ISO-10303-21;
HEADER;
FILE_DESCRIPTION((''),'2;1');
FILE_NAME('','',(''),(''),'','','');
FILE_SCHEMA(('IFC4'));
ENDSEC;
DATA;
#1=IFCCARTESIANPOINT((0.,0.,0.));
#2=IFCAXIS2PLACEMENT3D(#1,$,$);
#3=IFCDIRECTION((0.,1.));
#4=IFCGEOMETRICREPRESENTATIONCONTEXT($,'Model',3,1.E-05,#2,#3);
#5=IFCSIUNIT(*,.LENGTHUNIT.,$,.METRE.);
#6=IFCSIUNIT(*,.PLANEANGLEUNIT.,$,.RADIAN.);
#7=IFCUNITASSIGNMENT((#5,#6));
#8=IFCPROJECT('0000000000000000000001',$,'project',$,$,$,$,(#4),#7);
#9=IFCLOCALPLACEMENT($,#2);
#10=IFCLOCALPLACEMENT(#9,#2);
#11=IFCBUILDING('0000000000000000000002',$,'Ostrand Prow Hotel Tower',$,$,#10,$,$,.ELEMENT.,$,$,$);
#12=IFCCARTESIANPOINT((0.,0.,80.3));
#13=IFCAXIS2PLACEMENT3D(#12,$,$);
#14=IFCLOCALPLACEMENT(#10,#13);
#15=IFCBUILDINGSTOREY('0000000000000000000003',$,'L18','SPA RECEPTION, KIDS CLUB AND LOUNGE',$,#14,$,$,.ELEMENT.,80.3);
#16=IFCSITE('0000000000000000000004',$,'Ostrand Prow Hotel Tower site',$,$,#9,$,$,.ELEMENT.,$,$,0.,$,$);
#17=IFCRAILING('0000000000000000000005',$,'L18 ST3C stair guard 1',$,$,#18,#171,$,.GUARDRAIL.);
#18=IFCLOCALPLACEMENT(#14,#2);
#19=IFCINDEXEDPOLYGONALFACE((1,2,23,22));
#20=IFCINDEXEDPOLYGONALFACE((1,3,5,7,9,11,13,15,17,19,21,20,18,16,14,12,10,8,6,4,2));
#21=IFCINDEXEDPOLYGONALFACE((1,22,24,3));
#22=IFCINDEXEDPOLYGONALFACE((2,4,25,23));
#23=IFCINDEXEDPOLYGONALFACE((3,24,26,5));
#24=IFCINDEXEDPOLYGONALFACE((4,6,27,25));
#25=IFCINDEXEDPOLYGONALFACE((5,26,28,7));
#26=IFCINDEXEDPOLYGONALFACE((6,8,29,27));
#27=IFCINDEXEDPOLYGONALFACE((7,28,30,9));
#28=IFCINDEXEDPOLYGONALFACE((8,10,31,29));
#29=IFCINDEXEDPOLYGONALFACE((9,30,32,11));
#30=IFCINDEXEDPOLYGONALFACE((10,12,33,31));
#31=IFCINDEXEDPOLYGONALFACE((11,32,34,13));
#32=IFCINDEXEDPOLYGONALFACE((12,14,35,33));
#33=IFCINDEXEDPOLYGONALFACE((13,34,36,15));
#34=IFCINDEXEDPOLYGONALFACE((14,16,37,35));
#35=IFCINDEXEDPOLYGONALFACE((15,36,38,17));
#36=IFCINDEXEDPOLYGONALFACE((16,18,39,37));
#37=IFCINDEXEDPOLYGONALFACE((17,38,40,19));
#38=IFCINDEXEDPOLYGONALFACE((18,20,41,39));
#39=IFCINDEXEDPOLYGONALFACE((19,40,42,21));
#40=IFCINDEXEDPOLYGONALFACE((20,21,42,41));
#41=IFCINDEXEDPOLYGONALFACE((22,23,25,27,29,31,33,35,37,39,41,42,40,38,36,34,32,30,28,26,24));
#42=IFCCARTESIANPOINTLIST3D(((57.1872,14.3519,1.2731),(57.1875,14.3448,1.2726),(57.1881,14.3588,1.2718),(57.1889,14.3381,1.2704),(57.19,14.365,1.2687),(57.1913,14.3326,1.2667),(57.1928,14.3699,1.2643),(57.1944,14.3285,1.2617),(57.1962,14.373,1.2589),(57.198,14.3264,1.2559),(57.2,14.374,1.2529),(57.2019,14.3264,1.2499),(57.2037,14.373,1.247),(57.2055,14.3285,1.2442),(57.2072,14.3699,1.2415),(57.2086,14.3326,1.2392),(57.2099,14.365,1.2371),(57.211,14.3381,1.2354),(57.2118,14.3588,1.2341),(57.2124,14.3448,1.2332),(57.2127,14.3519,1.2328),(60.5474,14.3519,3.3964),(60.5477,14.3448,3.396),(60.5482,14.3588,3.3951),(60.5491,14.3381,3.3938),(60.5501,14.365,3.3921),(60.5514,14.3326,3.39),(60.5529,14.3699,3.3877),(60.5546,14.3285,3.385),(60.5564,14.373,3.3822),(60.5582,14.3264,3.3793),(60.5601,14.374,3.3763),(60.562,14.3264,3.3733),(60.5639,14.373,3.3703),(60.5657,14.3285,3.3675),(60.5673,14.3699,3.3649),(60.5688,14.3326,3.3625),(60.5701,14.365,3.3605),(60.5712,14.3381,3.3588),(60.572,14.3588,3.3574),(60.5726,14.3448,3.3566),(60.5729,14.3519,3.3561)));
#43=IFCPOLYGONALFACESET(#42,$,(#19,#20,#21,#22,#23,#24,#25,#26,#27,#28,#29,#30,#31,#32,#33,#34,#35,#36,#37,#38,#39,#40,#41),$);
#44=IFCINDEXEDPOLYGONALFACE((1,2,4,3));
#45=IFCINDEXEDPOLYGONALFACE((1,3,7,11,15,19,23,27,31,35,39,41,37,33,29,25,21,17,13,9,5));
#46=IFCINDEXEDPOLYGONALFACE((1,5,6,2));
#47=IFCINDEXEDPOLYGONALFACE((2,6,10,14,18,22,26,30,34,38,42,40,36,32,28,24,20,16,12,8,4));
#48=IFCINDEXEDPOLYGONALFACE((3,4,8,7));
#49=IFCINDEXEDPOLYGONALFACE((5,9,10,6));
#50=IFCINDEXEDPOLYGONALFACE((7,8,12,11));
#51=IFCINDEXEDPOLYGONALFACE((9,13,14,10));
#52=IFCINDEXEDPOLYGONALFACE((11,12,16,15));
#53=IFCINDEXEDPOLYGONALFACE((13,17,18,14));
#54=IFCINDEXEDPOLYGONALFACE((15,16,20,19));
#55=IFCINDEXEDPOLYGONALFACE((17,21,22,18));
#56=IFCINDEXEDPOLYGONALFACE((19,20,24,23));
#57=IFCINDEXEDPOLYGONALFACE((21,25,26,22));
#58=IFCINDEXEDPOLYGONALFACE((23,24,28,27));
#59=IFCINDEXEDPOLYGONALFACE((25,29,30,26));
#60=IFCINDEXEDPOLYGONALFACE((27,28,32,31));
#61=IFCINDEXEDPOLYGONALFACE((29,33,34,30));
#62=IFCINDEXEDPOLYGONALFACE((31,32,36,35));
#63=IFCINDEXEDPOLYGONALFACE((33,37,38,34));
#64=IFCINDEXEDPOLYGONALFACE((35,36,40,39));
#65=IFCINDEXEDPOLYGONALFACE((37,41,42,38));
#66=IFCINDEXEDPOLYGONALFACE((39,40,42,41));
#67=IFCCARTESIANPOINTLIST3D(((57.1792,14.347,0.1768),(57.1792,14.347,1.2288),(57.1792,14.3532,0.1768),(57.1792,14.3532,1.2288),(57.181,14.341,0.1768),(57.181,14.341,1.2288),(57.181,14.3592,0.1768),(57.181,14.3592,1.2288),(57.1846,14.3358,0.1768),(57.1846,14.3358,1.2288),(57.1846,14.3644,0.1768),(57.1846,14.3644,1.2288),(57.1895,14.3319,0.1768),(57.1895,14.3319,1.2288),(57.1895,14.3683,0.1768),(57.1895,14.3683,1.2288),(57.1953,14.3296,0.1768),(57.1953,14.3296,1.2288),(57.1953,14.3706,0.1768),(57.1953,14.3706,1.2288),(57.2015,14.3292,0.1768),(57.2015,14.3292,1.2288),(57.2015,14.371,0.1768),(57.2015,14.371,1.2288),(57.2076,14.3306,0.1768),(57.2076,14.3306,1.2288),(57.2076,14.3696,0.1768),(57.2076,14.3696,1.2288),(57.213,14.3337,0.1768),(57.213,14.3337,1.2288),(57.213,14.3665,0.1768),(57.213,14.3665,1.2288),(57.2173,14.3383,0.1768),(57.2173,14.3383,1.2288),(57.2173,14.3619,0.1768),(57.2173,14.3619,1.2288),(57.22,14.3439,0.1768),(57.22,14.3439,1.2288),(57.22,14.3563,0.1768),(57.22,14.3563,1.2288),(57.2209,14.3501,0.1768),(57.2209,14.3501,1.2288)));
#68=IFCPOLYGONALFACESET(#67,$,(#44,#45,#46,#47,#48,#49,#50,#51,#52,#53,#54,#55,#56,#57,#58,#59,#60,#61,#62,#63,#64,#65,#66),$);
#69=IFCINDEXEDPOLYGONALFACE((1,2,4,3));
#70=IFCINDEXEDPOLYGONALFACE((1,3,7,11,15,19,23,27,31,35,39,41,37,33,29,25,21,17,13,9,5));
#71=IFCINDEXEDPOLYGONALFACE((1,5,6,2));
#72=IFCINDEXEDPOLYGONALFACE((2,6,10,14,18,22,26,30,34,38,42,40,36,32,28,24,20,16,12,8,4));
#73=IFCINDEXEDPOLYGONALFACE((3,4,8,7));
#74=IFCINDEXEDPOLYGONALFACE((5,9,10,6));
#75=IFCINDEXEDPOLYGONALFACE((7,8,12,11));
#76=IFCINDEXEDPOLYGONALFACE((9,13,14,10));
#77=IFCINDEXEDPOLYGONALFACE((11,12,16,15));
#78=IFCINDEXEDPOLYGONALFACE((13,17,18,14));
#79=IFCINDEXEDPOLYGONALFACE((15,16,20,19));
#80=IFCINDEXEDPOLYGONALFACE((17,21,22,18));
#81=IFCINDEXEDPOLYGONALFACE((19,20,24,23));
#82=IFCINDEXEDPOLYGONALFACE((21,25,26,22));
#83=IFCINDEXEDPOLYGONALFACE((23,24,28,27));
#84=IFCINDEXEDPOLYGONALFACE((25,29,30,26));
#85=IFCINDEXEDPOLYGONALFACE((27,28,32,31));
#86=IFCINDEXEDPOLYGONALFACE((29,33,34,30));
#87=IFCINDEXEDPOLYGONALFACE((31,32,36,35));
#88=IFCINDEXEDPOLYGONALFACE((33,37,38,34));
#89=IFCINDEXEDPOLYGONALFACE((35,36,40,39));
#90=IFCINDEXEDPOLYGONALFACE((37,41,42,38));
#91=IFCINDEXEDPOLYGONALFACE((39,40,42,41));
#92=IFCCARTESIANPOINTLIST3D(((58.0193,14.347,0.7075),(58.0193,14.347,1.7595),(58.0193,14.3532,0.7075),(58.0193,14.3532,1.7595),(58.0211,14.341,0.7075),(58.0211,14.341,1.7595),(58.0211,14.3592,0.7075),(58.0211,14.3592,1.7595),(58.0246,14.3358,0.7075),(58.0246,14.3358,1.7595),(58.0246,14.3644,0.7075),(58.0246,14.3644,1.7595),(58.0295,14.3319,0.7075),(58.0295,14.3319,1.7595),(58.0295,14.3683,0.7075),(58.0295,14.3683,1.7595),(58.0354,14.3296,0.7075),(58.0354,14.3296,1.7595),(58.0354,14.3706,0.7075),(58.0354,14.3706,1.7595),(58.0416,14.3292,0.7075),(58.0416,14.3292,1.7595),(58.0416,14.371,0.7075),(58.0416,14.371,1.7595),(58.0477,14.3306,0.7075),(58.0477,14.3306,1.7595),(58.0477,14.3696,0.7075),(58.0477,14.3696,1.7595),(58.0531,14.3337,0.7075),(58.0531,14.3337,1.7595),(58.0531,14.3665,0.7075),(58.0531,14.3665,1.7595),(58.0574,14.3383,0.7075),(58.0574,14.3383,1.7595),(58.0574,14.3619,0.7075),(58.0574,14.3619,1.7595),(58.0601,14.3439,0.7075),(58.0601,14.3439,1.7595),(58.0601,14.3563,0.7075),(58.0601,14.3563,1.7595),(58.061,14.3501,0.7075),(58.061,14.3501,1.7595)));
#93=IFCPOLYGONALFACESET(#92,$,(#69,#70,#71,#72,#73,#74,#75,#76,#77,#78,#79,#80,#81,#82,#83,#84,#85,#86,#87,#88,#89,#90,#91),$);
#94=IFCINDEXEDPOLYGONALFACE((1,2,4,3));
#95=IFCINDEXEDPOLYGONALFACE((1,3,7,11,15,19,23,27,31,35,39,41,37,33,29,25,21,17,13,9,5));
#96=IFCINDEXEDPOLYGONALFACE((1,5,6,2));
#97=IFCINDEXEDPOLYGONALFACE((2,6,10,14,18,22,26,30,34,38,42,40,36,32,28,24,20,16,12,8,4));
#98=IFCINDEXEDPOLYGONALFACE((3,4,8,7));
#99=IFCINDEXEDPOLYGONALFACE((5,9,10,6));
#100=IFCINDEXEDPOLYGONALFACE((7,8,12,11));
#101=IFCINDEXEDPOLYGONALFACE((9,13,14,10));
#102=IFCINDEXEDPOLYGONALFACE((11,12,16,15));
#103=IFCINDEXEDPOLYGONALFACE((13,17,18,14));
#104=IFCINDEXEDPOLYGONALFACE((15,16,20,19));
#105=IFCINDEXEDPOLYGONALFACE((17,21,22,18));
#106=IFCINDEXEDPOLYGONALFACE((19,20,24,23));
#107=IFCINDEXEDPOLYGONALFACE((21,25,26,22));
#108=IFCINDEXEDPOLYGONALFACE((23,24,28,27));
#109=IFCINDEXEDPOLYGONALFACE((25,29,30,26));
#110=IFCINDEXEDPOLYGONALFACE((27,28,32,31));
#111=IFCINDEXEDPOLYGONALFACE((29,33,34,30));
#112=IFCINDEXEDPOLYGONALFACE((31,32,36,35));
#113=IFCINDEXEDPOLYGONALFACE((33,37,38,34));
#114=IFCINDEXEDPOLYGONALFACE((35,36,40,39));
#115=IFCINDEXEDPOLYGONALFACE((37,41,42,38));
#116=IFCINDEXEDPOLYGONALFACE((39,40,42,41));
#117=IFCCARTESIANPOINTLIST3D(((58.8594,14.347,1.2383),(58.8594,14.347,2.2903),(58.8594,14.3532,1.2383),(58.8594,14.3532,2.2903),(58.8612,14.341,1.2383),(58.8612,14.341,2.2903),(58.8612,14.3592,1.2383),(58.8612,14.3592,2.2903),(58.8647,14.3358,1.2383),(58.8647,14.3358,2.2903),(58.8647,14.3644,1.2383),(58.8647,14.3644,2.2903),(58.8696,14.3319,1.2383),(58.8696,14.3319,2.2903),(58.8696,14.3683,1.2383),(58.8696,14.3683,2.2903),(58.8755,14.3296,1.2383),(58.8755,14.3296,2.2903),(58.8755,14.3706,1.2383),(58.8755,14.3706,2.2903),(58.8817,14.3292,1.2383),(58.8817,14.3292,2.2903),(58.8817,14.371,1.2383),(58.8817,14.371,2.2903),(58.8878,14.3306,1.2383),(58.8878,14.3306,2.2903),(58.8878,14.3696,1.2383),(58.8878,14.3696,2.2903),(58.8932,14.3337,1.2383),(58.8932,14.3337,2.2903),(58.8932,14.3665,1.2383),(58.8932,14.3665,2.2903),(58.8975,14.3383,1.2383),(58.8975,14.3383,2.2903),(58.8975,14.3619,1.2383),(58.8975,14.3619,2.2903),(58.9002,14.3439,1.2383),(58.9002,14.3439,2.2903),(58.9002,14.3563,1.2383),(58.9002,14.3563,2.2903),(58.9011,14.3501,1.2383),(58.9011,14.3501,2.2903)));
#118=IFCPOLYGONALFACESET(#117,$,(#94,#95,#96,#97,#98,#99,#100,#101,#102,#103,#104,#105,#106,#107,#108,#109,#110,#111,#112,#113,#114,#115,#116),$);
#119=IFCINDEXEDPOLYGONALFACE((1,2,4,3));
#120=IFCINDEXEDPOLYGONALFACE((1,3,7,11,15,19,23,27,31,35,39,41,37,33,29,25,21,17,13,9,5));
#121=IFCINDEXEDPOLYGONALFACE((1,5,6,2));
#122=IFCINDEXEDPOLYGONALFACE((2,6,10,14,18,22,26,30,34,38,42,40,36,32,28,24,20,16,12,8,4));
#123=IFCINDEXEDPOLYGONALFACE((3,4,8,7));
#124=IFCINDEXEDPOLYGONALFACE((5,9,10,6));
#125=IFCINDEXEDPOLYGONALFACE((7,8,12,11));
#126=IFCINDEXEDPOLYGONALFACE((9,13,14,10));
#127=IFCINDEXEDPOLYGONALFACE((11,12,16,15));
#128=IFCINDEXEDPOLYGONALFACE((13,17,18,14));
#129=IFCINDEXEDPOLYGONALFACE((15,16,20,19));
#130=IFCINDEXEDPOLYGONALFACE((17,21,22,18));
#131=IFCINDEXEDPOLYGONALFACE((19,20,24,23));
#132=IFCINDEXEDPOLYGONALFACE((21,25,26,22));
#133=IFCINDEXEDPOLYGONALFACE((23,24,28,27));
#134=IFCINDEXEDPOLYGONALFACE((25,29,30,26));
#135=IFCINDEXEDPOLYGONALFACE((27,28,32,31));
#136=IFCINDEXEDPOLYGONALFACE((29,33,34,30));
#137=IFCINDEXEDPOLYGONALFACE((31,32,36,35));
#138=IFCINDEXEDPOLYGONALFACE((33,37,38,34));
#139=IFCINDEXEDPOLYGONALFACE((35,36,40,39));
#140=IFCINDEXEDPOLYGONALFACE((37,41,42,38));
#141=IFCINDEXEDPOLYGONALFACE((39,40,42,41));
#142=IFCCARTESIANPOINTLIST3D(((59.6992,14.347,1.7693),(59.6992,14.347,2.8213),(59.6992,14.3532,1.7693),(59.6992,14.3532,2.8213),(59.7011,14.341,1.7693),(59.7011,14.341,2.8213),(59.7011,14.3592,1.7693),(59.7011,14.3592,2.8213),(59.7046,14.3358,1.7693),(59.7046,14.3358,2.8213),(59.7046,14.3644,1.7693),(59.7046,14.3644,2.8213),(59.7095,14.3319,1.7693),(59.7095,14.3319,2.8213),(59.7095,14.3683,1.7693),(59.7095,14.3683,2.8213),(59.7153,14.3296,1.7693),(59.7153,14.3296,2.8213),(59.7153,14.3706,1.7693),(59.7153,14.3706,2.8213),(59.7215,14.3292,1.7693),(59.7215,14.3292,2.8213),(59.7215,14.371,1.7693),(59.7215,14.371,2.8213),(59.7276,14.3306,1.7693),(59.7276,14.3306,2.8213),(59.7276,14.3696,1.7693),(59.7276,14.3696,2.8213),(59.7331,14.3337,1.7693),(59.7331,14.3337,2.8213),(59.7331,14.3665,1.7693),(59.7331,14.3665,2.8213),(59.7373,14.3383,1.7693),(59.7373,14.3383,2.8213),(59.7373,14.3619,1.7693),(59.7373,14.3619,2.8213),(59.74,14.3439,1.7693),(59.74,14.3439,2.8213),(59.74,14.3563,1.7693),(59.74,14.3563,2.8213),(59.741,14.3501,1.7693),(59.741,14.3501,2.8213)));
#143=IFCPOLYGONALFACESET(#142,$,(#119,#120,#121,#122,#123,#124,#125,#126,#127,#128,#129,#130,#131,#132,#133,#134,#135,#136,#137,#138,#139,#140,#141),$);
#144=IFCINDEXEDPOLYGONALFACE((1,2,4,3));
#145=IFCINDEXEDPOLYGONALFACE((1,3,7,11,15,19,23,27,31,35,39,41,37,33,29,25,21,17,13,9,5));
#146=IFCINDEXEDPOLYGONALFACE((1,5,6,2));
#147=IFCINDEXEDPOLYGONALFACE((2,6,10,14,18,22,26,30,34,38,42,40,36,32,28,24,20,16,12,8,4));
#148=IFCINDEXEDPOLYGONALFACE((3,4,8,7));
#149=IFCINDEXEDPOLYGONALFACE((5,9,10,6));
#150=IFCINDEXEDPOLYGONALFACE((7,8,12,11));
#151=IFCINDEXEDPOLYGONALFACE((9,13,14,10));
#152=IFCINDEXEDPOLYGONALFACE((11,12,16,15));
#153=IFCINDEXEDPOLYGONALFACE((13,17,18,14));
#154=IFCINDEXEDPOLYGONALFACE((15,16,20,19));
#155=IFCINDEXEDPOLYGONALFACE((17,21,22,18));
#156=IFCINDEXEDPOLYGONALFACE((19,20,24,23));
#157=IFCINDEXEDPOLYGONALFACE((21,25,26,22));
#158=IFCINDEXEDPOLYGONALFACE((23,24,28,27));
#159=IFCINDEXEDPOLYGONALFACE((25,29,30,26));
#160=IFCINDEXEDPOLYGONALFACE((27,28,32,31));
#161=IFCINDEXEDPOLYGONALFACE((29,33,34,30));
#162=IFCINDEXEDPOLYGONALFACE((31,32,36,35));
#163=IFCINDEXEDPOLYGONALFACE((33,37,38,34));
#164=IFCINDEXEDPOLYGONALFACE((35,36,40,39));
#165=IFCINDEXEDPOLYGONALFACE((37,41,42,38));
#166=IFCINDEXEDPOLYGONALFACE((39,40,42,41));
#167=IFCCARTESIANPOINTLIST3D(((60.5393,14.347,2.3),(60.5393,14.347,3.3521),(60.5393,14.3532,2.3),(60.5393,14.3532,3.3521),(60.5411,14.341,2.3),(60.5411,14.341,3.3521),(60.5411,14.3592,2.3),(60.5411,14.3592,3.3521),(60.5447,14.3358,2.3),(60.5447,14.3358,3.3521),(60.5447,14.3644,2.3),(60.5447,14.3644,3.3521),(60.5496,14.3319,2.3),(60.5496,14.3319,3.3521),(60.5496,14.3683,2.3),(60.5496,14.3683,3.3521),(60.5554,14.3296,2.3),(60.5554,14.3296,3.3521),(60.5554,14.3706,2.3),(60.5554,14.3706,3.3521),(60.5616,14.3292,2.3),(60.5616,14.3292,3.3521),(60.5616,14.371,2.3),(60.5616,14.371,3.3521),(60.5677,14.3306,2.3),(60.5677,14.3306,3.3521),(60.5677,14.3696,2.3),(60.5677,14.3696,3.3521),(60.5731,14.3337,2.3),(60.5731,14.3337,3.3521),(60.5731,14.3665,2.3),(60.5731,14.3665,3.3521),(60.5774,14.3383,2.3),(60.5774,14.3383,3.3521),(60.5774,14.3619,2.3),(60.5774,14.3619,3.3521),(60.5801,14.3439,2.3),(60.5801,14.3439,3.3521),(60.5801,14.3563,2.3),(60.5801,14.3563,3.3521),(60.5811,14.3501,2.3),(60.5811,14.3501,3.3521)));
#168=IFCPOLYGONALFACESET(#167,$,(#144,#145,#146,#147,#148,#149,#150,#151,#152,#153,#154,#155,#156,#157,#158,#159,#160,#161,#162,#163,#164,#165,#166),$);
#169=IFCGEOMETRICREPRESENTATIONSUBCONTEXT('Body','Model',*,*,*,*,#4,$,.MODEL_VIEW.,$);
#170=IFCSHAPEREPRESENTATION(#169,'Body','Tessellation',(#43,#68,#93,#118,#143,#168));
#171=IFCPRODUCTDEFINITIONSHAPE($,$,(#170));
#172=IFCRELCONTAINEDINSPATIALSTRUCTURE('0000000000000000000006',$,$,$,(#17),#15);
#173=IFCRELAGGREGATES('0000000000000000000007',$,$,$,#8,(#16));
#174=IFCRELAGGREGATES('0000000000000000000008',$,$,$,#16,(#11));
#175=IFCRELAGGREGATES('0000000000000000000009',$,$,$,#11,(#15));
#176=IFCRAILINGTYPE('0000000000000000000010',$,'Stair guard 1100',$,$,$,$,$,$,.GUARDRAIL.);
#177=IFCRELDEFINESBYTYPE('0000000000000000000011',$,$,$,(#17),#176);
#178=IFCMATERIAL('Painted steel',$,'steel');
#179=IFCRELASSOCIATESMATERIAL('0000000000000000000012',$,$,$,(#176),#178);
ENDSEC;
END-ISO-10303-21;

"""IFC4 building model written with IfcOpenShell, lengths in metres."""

from ifc_helpers import new_model, si_unit, direction, frame, origin, origin_2d, place, context, subcontext, project, spatial, circle, extrude, material, type_object, element, save


model = new_model("IFC4")

# Units and contexts
model_context = context("Model", 3, precision=1e-05, world=origin(), true_north=direction((0.0, 1.0)))
body_context = subcontext(model_context, "Body", "Model", "MODEL_VIEW")
ifc_project = project(units=[si_unit("LENGTHUNIT", "METRE"), si_unit("PLANEANGLEUNIT", "RADIAN")], contexts=[model_context])

# Site, building, storey
site_placement = place(None, origin())
site = spatial("IfcSite", under=ifc_project, at=site_placement, Name="Ostrand Prow Hotel Tower site", CompositionType="ELEMENT", RefElevation=0.0)
building_placement = place(site_placement, origin())
building = spatial("IfcBuilding", under=site, at=building_placement, Name="Ostrand Prow Hotel Tower", CompositionType="ELEMENT")
storey_placement = place(building_placement, frame((0.0, 0.0, 80.3)))
storey = spatial("IfcBuildingStorey", under=building, at=storey_placement, Name="L18", Description="SPA RECEPTION, KIDS CLUB AND LOUNGE", CompositionType="ELEMENT", Elevation=80.3)

# Railing
ifc_material_1 = material(Name="Painted steel", Category="steel")
railing_type_1 = type_object("IfcRailingType", Name="Stair guard 1100", PredefinedType="GUARDRAIL", material=ifc_material_1)
railing_1_placement = place(storey_placement, frame((57.2, 14.3501, 0.1768)))
element("IfcRailing", 1, at=railing_1_placement, inside=storey, type_object=railing_type_1, Name="L18 ST3C stair guard 1", PredefinedType="GUARDRAIL", context=body_context, shape_type="SweptSolid", body=[
    extrude(circle(Radius=0.0239, at=origin_2d()), frame((0.0, 0.0, 1.0762), z_axis=(0.845362, 0.0, 0.534194), x_axis=(0.0, 1.0, 0.0)), (0.0, 0.0, 1.0), 3.9749),
    extrude(circle(Radius=0.021, at=origin_2d()), origin(), (0.0, 0.0, 1.0), 1.052),
    extrude(circle(Radius=0.021, at=origin_2d()), frame((0.8401, 0.0, 0.5308)), (0.0, 0.0, 1.0), 1.052),
    extrude(circle(Radius=0.021, at=origin_2d()), frame((1.6802, 0.0, 1.0615)), (0.0, 0.0, 1.0), 1.052),
    extrude(circle(Radius=0.021, at=origin_2d()), frame((2.52, 0.0, 1.5925)), (0.0, 0.0, 1.0), 1.052),
    extrude(circle(Radius=0.021, at=origin_2d()), frame((3.3601, 0.0, 2.1233)), (0.0, 0.0, 1.0), 1.052),
])

save(model, "model.ifc")
